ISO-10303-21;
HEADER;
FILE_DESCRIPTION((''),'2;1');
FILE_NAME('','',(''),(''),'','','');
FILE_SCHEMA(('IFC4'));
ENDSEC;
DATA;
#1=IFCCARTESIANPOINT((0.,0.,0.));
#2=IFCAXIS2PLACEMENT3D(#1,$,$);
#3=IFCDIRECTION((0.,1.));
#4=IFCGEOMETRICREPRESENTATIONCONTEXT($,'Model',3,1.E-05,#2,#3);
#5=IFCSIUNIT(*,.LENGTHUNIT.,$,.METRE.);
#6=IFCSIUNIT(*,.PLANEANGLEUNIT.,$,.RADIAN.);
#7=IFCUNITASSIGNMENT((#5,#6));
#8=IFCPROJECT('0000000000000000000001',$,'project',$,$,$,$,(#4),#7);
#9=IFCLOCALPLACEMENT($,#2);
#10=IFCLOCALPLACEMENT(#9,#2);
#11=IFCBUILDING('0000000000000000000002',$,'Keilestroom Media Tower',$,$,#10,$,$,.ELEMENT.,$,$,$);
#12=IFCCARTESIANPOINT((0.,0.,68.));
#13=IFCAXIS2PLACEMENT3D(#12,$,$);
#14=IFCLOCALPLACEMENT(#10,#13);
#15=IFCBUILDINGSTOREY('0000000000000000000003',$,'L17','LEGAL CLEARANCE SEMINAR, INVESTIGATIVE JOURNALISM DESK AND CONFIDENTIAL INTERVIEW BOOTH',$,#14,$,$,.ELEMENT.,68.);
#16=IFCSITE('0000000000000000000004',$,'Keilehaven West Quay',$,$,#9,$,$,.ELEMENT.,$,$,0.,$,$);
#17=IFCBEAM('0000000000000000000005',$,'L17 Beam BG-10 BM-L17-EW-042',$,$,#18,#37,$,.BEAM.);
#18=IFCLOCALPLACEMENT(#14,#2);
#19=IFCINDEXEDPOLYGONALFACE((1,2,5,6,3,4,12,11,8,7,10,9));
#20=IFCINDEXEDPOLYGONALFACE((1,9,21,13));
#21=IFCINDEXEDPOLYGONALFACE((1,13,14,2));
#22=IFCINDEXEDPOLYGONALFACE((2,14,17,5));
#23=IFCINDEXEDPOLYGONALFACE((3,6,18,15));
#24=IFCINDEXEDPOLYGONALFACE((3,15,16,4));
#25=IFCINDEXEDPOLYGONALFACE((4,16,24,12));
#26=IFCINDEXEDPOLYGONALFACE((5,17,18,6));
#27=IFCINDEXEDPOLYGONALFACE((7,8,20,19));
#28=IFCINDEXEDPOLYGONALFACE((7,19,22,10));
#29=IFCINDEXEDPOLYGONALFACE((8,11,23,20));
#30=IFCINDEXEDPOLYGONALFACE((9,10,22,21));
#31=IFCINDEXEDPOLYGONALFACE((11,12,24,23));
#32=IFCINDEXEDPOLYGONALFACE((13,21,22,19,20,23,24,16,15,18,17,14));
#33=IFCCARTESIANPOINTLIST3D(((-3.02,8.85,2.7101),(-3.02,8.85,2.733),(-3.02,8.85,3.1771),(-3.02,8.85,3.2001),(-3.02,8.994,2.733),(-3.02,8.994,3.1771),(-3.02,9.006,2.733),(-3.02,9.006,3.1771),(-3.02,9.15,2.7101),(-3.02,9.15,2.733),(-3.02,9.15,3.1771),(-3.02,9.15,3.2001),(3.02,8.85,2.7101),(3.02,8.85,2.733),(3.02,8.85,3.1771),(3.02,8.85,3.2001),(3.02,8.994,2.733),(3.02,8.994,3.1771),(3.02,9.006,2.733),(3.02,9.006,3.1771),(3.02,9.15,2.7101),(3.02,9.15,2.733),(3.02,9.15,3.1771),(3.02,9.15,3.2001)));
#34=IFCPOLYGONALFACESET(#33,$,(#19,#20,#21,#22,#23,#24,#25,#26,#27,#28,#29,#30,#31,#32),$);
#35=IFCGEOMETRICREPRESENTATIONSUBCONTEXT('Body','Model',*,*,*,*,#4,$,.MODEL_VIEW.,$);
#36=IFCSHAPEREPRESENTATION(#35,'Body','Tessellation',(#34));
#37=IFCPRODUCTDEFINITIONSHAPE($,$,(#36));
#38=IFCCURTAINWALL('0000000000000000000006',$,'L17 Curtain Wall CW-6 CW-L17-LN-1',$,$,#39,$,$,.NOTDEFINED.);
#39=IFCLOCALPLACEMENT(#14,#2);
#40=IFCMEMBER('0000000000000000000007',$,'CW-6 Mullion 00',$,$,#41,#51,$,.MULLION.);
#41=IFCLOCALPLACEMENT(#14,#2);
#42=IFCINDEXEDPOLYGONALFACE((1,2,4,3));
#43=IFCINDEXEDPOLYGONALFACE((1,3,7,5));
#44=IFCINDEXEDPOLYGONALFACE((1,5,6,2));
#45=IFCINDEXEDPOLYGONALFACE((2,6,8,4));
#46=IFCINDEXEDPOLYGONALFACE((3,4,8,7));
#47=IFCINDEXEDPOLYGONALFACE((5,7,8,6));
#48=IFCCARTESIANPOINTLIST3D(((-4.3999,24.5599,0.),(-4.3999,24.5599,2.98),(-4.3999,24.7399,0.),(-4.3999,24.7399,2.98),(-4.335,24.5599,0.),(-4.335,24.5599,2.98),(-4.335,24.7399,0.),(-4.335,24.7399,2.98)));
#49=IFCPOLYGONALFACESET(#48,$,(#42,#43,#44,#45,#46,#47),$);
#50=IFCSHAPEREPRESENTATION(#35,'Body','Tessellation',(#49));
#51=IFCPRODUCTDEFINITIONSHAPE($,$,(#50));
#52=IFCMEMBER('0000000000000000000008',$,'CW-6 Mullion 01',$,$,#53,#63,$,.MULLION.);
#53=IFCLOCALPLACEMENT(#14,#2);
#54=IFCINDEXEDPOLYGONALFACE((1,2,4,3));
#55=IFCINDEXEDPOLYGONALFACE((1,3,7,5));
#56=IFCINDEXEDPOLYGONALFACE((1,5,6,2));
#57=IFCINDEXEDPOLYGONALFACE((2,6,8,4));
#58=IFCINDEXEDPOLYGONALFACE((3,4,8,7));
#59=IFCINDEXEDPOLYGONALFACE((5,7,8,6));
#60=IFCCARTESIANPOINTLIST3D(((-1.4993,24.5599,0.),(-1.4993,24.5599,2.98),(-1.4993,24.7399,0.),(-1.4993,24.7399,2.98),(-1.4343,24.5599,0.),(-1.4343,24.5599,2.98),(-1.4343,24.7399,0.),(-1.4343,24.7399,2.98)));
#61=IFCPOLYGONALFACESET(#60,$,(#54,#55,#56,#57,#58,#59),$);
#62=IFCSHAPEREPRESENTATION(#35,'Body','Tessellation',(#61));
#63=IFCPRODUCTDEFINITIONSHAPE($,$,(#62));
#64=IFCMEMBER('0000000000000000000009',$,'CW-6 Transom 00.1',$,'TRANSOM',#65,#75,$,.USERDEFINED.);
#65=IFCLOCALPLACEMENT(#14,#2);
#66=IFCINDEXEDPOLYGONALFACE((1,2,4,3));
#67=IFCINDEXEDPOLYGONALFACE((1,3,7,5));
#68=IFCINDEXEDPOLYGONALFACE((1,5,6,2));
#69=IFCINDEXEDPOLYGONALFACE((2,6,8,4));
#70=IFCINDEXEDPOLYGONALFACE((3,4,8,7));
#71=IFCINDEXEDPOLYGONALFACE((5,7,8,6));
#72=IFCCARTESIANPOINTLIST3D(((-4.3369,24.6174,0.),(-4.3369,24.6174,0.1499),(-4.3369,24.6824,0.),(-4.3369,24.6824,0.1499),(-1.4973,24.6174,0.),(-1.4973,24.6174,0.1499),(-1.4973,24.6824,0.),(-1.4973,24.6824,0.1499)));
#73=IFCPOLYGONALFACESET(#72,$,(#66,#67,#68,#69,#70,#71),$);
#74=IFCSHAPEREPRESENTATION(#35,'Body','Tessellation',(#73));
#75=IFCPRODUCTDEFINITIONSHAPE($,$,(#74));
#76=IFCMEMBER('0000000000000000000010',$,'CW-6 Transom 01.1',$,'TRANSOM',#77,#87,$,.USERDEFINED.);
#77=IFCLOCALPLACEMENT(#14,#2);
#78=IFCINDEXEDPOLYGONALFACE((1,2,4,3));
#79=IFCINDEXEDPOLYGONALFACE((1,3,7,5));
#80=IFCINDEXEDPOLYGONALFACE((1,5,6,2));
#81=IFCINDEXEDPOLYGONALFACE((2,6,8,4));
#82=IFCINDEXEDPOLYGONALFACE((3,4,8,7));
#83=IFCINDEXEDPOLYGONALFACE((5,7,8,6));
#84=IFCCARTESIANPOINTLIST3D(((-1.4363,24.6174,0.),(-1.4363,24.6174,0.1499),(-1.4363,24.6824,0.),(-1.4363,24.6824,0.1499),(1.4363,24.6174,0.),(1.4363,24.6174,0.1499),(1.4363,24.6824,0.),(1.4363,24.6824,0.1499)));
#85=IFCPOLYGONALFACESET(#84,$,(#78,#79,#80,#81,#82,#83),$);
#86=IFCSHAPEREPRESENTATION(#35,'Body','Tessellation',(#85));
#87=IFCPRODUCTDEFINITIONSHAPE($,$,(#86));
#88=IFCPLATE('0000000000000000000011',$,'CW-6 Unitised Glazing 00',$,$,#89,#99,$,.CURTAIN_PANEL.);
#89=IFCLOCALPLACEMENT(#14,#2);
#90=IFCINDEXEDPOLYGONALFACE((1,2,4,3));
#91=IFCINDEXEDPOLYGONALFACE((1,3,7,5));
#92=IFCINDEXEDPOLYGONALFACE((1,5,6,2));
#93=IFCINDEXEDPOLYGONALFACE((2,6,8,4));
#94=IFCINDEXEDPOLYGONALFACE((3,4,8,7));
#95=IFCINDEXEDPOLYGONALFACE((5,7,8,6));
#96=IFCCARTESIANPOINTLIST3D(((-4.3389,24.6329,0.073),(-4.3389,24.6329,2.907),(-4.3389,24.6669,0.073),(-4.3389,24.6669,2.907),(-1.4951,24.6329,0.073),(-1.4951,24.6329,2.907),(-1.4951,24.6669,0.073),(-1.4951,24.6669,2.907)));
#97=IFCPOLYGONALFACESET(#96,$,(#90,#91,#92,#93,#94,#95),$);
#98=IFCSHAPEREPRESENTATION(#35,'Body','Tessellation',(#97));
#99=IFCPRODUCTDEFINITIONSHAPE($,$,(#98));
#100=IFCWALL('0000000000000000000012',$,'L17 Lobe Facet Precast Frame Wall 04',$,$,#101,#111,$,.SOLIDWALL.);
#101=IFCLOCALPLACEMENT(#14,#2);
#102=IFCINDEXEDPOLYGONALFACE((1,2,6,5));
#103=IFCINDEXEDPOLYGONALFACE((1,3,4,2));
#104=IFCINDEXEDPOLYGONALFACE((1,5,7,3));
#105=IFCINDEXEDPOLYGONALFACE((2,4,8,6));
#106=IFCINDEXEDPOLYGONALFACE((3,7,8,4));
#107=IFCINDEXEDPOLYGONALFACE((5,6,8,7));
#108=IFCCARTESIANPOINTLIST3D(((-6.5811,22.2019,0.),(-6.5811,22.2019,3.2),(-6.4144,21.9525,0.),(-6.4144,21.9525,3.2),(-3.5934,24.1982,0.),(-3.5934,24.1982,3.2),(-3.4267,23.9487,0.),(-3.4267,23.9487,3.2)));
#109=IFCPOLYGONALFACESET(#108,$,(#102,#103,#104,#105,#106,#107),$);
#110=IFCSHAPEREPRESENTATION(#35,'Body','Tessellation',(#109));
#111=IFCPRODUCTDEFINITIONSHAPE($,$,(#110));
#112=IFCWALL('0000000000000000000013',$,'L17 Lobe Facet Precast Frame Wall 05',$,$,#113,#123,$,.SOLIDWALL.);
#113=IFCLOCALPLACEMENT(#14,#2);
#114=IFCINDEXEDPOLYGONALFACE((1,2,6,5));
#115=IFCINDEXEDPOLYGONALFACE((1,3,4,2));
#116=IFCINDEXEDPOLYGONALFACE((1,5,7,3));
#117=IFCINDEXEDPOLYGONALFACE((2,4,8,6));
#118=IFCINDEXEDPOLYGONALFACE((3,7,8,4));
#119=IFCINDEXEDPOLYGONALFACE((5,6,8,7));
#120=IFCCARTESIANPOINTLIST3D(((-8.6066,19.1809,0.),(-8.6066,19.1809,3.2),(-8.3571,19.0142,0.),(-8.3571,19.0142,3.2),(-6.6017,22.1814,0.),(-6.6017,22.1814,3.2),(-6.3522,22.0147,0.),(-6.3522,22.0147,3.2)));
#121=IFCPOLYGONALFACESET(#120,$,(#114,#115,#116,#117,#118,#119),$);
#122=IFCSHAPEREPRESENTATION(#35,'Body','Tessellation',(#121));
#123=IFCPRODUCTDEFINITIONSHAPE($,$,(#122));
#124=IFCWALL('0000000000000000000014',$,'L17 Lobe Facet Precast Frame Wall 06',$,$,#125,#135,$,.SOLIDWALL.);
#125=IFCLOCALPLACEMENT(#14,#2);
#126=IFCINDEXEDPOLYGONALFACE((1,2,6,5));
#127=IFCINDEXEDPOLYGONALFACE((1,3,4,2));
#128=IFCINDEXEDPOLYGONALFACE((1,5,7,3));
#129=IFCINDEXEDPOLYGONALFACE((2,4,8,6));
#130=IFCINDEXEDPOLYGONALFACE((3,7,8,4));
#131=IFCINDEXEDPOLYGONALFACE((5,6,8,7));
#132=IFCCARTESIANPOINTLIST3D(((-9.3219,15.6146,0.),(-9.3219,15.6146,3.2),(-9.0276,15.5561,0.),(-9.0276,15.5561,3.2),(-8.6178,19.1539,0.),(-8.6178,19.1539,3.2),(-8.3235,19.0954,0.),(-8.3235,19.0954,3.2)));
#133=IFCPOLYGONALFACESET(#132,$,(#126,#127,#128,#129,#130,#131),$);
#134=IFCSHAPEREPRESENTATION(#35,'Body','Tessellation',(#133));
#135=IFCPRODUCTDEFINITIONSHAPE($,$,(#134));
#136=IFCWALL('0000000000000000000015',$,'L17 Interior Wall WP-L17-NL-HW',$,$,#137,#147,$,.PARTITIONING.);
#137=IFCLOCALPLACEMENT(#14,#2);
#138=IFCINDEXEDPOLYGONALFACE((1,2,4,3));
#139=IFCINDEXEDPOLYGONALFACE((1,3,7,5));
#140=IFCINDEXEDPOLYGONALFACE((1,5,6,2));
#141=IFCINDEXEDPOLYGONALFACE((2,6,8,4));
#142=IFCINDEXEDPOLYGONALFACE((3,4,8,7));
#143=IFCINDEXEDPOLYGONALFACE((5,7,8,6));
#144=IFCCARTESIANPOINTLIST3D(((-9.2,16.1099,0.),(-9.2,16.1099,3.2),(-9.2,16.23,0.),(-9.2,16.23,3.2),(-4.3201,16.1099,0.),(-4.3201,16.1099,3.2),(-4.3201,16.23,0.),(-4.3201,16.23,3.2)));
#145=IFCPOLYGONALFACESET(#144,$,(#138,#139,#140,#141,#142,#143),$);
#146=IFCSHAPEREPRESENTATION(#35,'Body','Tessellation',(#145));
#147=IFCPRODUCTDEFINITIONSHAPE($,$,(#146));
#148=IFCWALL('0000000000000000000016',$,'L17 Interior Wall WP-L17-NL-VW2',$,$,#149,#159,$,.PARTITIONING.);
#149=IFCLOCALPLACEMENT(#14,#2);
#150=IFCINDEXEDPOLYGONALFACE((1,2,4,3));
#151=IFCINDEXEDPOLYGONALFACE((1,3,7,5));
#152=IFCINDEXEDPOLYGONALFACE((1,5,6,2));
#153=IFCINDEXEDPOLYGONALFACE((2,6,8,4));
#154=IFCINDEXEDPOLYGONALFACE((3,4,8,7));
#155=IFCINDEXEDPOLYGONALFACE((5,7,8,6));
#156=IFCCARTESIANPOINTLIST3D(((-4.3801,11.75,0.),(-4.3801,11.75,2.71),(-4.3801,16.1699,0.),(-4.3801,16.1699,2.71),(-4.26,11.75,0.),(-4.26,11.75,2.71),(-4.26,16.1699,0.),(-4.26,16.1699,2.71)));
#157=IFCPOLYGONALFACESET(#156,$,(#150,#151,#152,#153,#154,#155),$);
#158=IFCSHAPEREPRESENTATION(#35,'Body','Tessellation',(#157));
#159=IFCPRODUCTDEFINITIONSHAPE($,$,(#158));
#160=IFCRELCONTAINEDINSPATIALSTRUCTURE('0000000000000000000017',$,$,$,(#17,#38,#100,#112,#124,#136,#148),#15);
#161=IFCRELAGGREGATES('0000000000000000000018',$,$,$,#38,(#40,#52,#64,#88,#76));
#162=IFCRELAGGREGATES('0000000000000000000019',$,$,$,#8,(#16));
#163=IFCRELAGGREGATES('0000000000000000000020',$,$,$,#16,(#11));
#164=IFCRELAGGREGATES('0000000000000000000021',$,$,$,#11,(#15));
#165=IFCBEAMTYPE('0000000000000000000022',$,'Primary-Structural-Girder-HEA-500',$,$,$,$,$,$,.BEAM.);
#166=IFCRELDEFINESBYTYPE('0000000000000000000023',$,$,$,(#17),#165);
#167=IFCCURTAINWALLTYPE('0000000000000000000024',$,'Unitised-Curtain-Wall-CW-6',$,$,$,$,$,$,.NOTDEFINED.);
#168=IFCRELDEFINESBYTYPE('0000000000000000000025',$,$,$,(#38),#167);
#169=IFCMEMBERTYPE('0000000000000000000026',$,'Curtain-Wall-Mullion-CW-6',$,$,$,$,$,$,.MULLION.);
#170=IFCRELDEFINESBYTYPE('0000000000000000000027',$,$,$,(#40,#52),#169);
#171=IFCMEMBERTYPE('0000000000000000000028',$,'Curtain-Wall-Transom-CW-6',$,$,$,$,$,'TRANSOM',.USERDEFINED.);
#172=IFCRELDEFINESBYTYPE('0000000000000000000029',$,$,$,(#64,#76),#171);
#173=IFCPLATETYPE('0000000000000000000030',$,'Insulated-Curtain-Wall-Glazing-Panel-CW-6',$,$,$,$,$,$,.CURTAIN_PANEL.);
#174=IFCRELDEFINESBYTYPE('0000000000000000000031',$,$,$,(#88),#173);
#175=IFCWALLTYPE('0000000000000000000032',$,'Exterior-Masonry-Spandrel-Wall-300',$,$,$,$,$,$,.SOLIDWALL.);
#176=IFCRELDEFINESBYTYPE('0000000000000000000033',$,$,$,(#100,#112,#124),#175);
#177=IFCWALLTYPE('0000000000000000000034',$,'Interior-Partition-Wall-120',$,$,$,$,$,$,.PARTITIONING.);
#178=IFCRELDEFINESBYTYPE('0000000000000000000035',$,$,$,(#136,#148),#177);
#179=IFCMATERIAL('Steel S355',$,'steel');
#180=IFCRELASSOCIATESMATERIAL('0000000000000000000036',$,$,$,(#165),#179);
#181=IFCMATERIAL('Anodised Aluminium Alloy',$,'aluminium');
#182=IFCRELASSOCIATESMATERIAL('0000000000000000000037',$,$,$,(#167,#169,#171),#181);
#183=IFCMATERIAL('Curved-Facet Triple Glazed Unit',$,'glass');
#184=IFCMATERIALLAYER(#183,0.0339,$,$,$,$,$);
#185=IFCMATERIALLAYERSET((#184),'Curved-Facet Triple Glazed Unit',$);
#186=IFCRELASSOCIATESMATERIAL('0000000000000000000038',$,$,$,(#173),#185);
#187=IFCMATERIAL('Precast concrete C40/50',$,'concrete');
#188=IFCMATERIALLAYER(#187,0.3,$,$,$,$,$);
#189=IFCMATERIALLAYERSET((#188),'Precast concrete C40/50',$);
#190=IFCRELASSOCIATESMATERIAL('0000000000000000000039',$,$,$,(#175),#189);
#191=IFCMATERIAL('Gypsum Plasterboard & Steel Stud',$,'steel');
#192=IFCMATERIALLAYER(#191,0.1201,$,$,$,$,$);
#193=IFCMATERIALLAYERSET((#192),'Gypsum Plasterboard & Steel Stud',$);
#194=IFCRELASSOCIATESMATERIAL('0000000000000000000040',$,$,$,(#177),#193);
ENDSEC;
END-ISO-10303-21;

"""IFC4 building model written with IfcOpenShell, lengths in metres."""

from ifc_helpers import new_model, si_unit, direction, frame, frame_2d, origin, origin_2d, place, context, subcontext, project, spatial, rectangle, i_section, extrude, source, transform, mapped, material, layer, layer_set, material_profile, profile_set, type_object, element, aggregate, save


model = new_model("IFC4")

# Units and contexts
model_context = context("Model", 3, precision=1e-05, world=origin(), true_north=direction((0.0, 1.0)))
body_context = subcontext(model_context, "Body", "Model", "MODEL_VIEW")
ifc_project = project(units=[si_unit("LENGTHUNIT", "METRE"), si_unit("PLANEANGLEUNIT", "RADIAN")], contexts=[model_context])

# Site, building, storey
site_placement = place(None, origin())
site = spatial("IfcSite", under=ifc_project, at=site_placement, Name="Keilehaven West Quay", CompositionType="ELEMENT", RefElevation=0.0)
building_placement = place(site_placement, origin())
building = spatial("IfcBuilding", under=site, at=building_placement, Name="Keilestroom Media Tower", CompositionType="ELEMENT")
storey_placement = place(building_placement, frame((0.0, 0.0, 68.0)))
storey = spatial("IfcBuildingStorey", under=building, at=storey_placement, Name="L17", Description="LEGAL CLEARANCE SEMINAR, INVESTIGATIVE JOURNALISM DESK AND CONFIDENTIAL INTERVIEW BOOTH", CompositionType="ELEMENT", Elevation=68.0)

# Beam
ifc_material_1 = material(Name="Steel S355", Category="steel")
ifc_material_profile_1 = material_profile(ifc_material_1, i_section(OverallWidth=0.3, OverallDepth=0.49, WebThickness=0.012, FlangeThickness=0.0229, at=origin_2d()), Name="HEA 500")
ifc_profile_set_1 = profile_set([ifc_material_profile_1], Name="Steel S355")
beam_type = type_object("IfcBeamType", Name="Primary-Structural-Girder-HEA-500", PredefinedType="BEAM", material=ifc_profile_set_1)
shared_shape_1 = source(origin(), body_context, "Body", "SweptSolid", [
    extrude(i_section(OverallWidth=0.3, OverallDepth=0.49, WebThickness=0.012, FlangeThickness=0.0229, at=origin_2d()), origin(), (0.0, 0.0, 1.0), 6.04),
])
beam_1_placement = place(storey_placement, frame((-3.02, 9.0, 2.9551), z_axis=(1.0, 0.0, 0.0), x_axis=(0.0, 1.0, 0.0)))
element("IfcBeam", 1, at=beam_1_placement, inside=storey, type_object=beam_type, Name="L17 Beam BG-10 BM-L17-EW-042", PredefinedType="BEAM", context=body_context, shape_type="MappedRepresentation", body=[
    mapped(shared_shape_1, transform((0.0, 0.0, 0.0), x_axis=(1.0, 0.0, 0.0), y_axis=(0.0, 1.0, 0.0), z_axis=(0.0, 0.0, 1.0), scale=1.0)),
])

# Curtain wall, members, plate
ifc_material_2 = material(Name="Anodised Aluminium Alloy", Category="aluminium")
curtain_wall_type = type_object("IfcCurtainWallType", Name="Unitised-Curtain-Wall-CW-6", PredefinedType="NOTDEFINED", material=ifc_material_2)
curtain_wall_placement = place(storey_placement, origin())
curtain_wall = element("IfcCurtainWall", 2, at=curtain_wall_placement, inside=storey, type_object=curtain_wall_type, Name="L17 Curtain Wall CW-6 CW-L17-LN-1", PredefinedType="NOTDEFINED")
ifc_material_profile_2 = material_profile(ifc_material_2, rectangle(XDim=0.0649, YDim=0.1799, at=origin_2d()), Name="ALU MULLION 65x180")
ifc_profile_set_2 = profile_set([ifc_material_profile_2], Name="Anodised Aluminium Alloy")
member_type_1 = type_object("IfcMemberType", Name="Curtain-Wall-Mullion-CW-6", PredefinedType="MULLION", material=ifc_profile_set_2)
shared_shape_2 = source(origin(), body_context, "Body", "SweptSolid", [
    extrude(rectangle(XDim=0.0649, YDim=0.1799, at=origin_2d()), origin(), (0.0, 0.0, 1.0), 2.98),
])
member_1_placement = place(storey_placement, frame((-4.3674, 24.6499, 0.0), z_axis=(0.0, 0.0, 1.0), x_axis=(1.0, 0.0, 0.0)))
member_1 = element("IfcMember", 3, at=member_1_placement, type_object=member_type_1, Name="CW-6 Mullion 00", PredefinedType="MULLION", context=body_context, shape_type="MappedRepresentation", body=[
    mapped(shared_shape_2, transform((0.0, 0.0, 0.0), x_axis=(1.0, 0.0, 0.0), y_axis=(0.0, 1.0, 0.0), z_axis=(0.0, 0.0, 1.0), scale=1.0)),
])
member_2_placement = place(storey_placement, frame((-1.4668, 24.6499, 0.0), z_axis=(0.0, 0.0, 1.0), x_axis=(1.0, 0.0, 0.0)))
member_2 = element("IfcMember", 4, at=member_2_placement, type_object=member_type_1, Name="CW-6 Mullion 01", PredefinedType="MULLION", context=body_context, shape_type="MappedRepresentation", body=[
    mapped(shared_shape_2, transform((0.0, 0.0, 0.0), x_axis=(1.0, 0.0, 0.0), y_axis=(0.0, 1.0, 0.0), z_axis=(0.0, 0.0, 1.0), scale=1.0)),
])
ifc_material_profile_3 = material_profile(ifc_material_2, rectangle(XDim=0.0649, YDim=0.1499, at=origin_2d()), Name="ALU TRANSOM 65x150")
ifc_profile_set_3 = profile_set([ifc_material_profile_3], Name="Anodised Aluminium Alloy")
member_type_2 = type_object("IfcMemberType", Name="Curtain-Wall-Transom-CW-6", ElementType="TRANSOM", PredefinedType="USERDEFINED", material=ifc_profile_set_3)
shared_shape_3 = source(origin(), body_context, "Body", "SweptSolid", [
    extrude(rectangle(XDim=0.0649, YDim=0.1499, at=origin_2d()), origin(), (0.0, 0.0, 1.0), 2.8396),
])
member_3_placement = place(storey_placement, frame((-4.3369, 24.6499, 0.075), z_axis=(1.0, 0.0, 0.0), x_axis=(0.0, 1.0, 0.0)))
member_3 = element("IfcMember", 5, at=member_3_placement, type_object=member_type_2, Name="CW-6 Transom 00.1", ObjectType="TRANSOM", PredefinedType="USERDEFINED", context=body_context, shape_type="MappedRepresentation", body=[
    mapped(shared_shape_3, transform((0.0, 0.0, 0.0), x_axis=(1.0, 0.0, 0.0), y_axis=(0.0, 1.0, 0.0), z_axis=(0.0, 0.0, 1.0), scale=1.0)),
])
shared_shape_4 = source(origin(), body_context, "Body", "SweptSolid", [
    extrude(rectangle(XDim=0.0649, YDim=0.1499, at=origin_2d()), origin(), (0.0, 0.0, 1.0), 2.8726),
])
member_4_placement = place(storey_placement, frame((-1.4363, 24.6499, 0.075), z_axis=(1.0, 0.0, 0.0), x_axis=(0.0, 1.0, 0.0)))
member_4 = element("IfcMember", 6, at=member_4_placement, type_object=member_type_2, Name="CW-6 Transom 01.1", ObjectType="TRANSOM", PredefinedType="USERDEFINED", context=body_context, shape_type="MappedRepresentation", body=[
    mapped(shared_shape_4, transform((0.0, 0.0, 0.0), x_axis=(1.0, 0.0, 0.0), y_axis=(0.0, 1.0, 0.0), z_axis=(0.0, 0.0, 1.0), scale=1.0)),
])
ifc_material_3 = material(Name="Curved-Facet Triple Glazed Unit", Category="glass")
ifc_layer_1 = layer(ifc_material_3, 0.0339)
ifc_layer_set_1 = layer_set([ifc_layer_1], Name="Curved-Facet Triple Glazed Unit")
plate_type = type_object("IfcPlateType", Name="Insulated-Curtain-Wall-Glazing-Panel-CW-6", PredefinedType="CURTAIN_PANEL", material=ifc_layer_set_1)
shared_shape_5 = source(origin(), body_context, "Body", "SweptSolid", [
    extrude(rectangle(XDim=2.8438, YDim=0.0339, at=origin_2d()), origin(), (0.0, 0.0, 1.0), 2.834),
])
plate_placement = place(storey_placement, frame((-2.917, 24.6499, 0.073), z_axis=(0.0, 0.0, 1.0), x_axis=(1.0, 0.0, 0.0)))
plate = element("IfcPlate", 7, at=plate_placement, type_object=plate_type, Name="CW-6 Unitised Glazing 00", PredefinedType="CURTAIN_PANEL", context=body_context, shape_type="MappedRepresentation", body=[
    mapped(shared_shape_5, transform((0.0, 0.0, 0.0), x_axis=(1.0, 0.0, 0.0), y_axis=(0.0, 1.0, 0.0), z_axis=(0.0, 0.0, 1.0), scale=1.0)),
])
aggregate(curtain_wall, [member_1, member_2, member_3, plate, member_4])

# Walls
ifc_material_4 = material(Name="Precast concrete C40/50", Category="concrete")
ifc_layer_2 = layer(ifc_material_4, 0.3)
ifc_layer_set_2 = layer_set([ifc_layer_2], Name="Precast concrete C40/50")
wall_type_1 = type_object("IfcWallType", Name="Exterior-Masonry-Spandrel-Wall-300", PredefinedType="SOLIDWALL", material=ifc_layer_set_2)
wall_1_placement = place(storey_placement, frame((-3.51, 24.0735, 0.0), z_axis=(0.0, 0.0, 1.0), x_axis=(-0.831475, -0.555562, 0.0)))
element("IfcWall", 8, at=wall_1_placement, inside=storey, type_object=wall_type_1, Name="L17 Lobe Facet Precast Frame Wall 04", PredefinedType="SOLIDWALL", context=body_context, shape_type="SweptSolid", body=[
    extrude(rectangle(XDim=3.5933, YDim=0.3, at=frame_2d((1.7966, 0.0))), origin(), (0.0, 0.0, 1.0), 3.2),
])
for number, where, z_axis, x_axis, name in (
    (9, (-6.4771, 22.0979, 0.0), (0.0, 0.0, 1.0), (-0.555574, -0.831467, 0.0), "L17 Lobe Facet Precast Frame Wall 05"),
    (10, (-8.4707, 19.1245, 0.0), (0.0, 0.0, 1.0), (-0.195114, -0.980781, 0.0), "L17 Lobe Facet Precast Frame Wall 06"),
):
    element("IfcWall", number, at=place(storey_placement, frame(where, z_axis=z_axis, x_axis=x_axis)), inside=storey, type_object=wall_type_1, Name=name, PredefinedType="SOLIDWALL", context=body_context, shape_type="SweptSolid", body=[
        extrude(rectangle(XDim=3.6086, YDim=0.3, at=frame_2d((1.8042, 0.0))), origin(), (0.0, 0.0, 1.0), 3.2),
    ])
ifc_material_5 = material(Name="Gypsum Plasterboard & Steel Stud", Category="steel")
ifc_layer_3 = layer(ifc_material_5, 0.1201)
ifc_layer_set_3 = layer_set([ifc_layer_3], Name="Gypsum Plasterboard & Steel Stud")
wall_type_2 = type_object("IfcWallType", Name="Interior-Partition-Wall-120", PredefinedType="PARTITIONING", material=ifc_layer_set_3)
wall_2_placement = place(storey_placement, frame((-9.2, 16.1699, 0.0), z_axis=(0.0, 0.0, 1.0), x_axis=(1.0, 0.0, 0.0)))
element("IfcWall", 11, at=wall_2_placement, inside=storey, type_object=wall_type_2, Name="L17 Interior Wall WP-L17-NL-HW", PredefinedType="PARTITIONING", context=body_context, shape_type="SweptSolid", body=[
    extrude(rectangle(XDim=4.8799, YDim=0.1201, at=frame_2d((2.4399, 0.0))), origin(), (0.0, 0.0, 1.0), 3.2),
])
wall_3_placement = place(storey_placement, frame((-4.3201, 11.75, 0.0), z_axis=(0.0, 0.0, 1.0), x_axis=(0.0, 1.0, 0.0)))
element("IfcWall", 12, at=wall_3_placement, inside=storey, type_object=wall_type_2, Name="L17 Interior Wall WP-L17-NL-VW2", PredefinedType="PARTITIONING", context=body_context, shape_type="SweptSolid", body=[
    extrude(rectangle(XDim=4.4199, YDim=0.1201, at=frame_2d((2.21, 0.0))), origin(), (0.0, 0.0, 1.0), 2.71),
])

save(model, "model.ifc")
